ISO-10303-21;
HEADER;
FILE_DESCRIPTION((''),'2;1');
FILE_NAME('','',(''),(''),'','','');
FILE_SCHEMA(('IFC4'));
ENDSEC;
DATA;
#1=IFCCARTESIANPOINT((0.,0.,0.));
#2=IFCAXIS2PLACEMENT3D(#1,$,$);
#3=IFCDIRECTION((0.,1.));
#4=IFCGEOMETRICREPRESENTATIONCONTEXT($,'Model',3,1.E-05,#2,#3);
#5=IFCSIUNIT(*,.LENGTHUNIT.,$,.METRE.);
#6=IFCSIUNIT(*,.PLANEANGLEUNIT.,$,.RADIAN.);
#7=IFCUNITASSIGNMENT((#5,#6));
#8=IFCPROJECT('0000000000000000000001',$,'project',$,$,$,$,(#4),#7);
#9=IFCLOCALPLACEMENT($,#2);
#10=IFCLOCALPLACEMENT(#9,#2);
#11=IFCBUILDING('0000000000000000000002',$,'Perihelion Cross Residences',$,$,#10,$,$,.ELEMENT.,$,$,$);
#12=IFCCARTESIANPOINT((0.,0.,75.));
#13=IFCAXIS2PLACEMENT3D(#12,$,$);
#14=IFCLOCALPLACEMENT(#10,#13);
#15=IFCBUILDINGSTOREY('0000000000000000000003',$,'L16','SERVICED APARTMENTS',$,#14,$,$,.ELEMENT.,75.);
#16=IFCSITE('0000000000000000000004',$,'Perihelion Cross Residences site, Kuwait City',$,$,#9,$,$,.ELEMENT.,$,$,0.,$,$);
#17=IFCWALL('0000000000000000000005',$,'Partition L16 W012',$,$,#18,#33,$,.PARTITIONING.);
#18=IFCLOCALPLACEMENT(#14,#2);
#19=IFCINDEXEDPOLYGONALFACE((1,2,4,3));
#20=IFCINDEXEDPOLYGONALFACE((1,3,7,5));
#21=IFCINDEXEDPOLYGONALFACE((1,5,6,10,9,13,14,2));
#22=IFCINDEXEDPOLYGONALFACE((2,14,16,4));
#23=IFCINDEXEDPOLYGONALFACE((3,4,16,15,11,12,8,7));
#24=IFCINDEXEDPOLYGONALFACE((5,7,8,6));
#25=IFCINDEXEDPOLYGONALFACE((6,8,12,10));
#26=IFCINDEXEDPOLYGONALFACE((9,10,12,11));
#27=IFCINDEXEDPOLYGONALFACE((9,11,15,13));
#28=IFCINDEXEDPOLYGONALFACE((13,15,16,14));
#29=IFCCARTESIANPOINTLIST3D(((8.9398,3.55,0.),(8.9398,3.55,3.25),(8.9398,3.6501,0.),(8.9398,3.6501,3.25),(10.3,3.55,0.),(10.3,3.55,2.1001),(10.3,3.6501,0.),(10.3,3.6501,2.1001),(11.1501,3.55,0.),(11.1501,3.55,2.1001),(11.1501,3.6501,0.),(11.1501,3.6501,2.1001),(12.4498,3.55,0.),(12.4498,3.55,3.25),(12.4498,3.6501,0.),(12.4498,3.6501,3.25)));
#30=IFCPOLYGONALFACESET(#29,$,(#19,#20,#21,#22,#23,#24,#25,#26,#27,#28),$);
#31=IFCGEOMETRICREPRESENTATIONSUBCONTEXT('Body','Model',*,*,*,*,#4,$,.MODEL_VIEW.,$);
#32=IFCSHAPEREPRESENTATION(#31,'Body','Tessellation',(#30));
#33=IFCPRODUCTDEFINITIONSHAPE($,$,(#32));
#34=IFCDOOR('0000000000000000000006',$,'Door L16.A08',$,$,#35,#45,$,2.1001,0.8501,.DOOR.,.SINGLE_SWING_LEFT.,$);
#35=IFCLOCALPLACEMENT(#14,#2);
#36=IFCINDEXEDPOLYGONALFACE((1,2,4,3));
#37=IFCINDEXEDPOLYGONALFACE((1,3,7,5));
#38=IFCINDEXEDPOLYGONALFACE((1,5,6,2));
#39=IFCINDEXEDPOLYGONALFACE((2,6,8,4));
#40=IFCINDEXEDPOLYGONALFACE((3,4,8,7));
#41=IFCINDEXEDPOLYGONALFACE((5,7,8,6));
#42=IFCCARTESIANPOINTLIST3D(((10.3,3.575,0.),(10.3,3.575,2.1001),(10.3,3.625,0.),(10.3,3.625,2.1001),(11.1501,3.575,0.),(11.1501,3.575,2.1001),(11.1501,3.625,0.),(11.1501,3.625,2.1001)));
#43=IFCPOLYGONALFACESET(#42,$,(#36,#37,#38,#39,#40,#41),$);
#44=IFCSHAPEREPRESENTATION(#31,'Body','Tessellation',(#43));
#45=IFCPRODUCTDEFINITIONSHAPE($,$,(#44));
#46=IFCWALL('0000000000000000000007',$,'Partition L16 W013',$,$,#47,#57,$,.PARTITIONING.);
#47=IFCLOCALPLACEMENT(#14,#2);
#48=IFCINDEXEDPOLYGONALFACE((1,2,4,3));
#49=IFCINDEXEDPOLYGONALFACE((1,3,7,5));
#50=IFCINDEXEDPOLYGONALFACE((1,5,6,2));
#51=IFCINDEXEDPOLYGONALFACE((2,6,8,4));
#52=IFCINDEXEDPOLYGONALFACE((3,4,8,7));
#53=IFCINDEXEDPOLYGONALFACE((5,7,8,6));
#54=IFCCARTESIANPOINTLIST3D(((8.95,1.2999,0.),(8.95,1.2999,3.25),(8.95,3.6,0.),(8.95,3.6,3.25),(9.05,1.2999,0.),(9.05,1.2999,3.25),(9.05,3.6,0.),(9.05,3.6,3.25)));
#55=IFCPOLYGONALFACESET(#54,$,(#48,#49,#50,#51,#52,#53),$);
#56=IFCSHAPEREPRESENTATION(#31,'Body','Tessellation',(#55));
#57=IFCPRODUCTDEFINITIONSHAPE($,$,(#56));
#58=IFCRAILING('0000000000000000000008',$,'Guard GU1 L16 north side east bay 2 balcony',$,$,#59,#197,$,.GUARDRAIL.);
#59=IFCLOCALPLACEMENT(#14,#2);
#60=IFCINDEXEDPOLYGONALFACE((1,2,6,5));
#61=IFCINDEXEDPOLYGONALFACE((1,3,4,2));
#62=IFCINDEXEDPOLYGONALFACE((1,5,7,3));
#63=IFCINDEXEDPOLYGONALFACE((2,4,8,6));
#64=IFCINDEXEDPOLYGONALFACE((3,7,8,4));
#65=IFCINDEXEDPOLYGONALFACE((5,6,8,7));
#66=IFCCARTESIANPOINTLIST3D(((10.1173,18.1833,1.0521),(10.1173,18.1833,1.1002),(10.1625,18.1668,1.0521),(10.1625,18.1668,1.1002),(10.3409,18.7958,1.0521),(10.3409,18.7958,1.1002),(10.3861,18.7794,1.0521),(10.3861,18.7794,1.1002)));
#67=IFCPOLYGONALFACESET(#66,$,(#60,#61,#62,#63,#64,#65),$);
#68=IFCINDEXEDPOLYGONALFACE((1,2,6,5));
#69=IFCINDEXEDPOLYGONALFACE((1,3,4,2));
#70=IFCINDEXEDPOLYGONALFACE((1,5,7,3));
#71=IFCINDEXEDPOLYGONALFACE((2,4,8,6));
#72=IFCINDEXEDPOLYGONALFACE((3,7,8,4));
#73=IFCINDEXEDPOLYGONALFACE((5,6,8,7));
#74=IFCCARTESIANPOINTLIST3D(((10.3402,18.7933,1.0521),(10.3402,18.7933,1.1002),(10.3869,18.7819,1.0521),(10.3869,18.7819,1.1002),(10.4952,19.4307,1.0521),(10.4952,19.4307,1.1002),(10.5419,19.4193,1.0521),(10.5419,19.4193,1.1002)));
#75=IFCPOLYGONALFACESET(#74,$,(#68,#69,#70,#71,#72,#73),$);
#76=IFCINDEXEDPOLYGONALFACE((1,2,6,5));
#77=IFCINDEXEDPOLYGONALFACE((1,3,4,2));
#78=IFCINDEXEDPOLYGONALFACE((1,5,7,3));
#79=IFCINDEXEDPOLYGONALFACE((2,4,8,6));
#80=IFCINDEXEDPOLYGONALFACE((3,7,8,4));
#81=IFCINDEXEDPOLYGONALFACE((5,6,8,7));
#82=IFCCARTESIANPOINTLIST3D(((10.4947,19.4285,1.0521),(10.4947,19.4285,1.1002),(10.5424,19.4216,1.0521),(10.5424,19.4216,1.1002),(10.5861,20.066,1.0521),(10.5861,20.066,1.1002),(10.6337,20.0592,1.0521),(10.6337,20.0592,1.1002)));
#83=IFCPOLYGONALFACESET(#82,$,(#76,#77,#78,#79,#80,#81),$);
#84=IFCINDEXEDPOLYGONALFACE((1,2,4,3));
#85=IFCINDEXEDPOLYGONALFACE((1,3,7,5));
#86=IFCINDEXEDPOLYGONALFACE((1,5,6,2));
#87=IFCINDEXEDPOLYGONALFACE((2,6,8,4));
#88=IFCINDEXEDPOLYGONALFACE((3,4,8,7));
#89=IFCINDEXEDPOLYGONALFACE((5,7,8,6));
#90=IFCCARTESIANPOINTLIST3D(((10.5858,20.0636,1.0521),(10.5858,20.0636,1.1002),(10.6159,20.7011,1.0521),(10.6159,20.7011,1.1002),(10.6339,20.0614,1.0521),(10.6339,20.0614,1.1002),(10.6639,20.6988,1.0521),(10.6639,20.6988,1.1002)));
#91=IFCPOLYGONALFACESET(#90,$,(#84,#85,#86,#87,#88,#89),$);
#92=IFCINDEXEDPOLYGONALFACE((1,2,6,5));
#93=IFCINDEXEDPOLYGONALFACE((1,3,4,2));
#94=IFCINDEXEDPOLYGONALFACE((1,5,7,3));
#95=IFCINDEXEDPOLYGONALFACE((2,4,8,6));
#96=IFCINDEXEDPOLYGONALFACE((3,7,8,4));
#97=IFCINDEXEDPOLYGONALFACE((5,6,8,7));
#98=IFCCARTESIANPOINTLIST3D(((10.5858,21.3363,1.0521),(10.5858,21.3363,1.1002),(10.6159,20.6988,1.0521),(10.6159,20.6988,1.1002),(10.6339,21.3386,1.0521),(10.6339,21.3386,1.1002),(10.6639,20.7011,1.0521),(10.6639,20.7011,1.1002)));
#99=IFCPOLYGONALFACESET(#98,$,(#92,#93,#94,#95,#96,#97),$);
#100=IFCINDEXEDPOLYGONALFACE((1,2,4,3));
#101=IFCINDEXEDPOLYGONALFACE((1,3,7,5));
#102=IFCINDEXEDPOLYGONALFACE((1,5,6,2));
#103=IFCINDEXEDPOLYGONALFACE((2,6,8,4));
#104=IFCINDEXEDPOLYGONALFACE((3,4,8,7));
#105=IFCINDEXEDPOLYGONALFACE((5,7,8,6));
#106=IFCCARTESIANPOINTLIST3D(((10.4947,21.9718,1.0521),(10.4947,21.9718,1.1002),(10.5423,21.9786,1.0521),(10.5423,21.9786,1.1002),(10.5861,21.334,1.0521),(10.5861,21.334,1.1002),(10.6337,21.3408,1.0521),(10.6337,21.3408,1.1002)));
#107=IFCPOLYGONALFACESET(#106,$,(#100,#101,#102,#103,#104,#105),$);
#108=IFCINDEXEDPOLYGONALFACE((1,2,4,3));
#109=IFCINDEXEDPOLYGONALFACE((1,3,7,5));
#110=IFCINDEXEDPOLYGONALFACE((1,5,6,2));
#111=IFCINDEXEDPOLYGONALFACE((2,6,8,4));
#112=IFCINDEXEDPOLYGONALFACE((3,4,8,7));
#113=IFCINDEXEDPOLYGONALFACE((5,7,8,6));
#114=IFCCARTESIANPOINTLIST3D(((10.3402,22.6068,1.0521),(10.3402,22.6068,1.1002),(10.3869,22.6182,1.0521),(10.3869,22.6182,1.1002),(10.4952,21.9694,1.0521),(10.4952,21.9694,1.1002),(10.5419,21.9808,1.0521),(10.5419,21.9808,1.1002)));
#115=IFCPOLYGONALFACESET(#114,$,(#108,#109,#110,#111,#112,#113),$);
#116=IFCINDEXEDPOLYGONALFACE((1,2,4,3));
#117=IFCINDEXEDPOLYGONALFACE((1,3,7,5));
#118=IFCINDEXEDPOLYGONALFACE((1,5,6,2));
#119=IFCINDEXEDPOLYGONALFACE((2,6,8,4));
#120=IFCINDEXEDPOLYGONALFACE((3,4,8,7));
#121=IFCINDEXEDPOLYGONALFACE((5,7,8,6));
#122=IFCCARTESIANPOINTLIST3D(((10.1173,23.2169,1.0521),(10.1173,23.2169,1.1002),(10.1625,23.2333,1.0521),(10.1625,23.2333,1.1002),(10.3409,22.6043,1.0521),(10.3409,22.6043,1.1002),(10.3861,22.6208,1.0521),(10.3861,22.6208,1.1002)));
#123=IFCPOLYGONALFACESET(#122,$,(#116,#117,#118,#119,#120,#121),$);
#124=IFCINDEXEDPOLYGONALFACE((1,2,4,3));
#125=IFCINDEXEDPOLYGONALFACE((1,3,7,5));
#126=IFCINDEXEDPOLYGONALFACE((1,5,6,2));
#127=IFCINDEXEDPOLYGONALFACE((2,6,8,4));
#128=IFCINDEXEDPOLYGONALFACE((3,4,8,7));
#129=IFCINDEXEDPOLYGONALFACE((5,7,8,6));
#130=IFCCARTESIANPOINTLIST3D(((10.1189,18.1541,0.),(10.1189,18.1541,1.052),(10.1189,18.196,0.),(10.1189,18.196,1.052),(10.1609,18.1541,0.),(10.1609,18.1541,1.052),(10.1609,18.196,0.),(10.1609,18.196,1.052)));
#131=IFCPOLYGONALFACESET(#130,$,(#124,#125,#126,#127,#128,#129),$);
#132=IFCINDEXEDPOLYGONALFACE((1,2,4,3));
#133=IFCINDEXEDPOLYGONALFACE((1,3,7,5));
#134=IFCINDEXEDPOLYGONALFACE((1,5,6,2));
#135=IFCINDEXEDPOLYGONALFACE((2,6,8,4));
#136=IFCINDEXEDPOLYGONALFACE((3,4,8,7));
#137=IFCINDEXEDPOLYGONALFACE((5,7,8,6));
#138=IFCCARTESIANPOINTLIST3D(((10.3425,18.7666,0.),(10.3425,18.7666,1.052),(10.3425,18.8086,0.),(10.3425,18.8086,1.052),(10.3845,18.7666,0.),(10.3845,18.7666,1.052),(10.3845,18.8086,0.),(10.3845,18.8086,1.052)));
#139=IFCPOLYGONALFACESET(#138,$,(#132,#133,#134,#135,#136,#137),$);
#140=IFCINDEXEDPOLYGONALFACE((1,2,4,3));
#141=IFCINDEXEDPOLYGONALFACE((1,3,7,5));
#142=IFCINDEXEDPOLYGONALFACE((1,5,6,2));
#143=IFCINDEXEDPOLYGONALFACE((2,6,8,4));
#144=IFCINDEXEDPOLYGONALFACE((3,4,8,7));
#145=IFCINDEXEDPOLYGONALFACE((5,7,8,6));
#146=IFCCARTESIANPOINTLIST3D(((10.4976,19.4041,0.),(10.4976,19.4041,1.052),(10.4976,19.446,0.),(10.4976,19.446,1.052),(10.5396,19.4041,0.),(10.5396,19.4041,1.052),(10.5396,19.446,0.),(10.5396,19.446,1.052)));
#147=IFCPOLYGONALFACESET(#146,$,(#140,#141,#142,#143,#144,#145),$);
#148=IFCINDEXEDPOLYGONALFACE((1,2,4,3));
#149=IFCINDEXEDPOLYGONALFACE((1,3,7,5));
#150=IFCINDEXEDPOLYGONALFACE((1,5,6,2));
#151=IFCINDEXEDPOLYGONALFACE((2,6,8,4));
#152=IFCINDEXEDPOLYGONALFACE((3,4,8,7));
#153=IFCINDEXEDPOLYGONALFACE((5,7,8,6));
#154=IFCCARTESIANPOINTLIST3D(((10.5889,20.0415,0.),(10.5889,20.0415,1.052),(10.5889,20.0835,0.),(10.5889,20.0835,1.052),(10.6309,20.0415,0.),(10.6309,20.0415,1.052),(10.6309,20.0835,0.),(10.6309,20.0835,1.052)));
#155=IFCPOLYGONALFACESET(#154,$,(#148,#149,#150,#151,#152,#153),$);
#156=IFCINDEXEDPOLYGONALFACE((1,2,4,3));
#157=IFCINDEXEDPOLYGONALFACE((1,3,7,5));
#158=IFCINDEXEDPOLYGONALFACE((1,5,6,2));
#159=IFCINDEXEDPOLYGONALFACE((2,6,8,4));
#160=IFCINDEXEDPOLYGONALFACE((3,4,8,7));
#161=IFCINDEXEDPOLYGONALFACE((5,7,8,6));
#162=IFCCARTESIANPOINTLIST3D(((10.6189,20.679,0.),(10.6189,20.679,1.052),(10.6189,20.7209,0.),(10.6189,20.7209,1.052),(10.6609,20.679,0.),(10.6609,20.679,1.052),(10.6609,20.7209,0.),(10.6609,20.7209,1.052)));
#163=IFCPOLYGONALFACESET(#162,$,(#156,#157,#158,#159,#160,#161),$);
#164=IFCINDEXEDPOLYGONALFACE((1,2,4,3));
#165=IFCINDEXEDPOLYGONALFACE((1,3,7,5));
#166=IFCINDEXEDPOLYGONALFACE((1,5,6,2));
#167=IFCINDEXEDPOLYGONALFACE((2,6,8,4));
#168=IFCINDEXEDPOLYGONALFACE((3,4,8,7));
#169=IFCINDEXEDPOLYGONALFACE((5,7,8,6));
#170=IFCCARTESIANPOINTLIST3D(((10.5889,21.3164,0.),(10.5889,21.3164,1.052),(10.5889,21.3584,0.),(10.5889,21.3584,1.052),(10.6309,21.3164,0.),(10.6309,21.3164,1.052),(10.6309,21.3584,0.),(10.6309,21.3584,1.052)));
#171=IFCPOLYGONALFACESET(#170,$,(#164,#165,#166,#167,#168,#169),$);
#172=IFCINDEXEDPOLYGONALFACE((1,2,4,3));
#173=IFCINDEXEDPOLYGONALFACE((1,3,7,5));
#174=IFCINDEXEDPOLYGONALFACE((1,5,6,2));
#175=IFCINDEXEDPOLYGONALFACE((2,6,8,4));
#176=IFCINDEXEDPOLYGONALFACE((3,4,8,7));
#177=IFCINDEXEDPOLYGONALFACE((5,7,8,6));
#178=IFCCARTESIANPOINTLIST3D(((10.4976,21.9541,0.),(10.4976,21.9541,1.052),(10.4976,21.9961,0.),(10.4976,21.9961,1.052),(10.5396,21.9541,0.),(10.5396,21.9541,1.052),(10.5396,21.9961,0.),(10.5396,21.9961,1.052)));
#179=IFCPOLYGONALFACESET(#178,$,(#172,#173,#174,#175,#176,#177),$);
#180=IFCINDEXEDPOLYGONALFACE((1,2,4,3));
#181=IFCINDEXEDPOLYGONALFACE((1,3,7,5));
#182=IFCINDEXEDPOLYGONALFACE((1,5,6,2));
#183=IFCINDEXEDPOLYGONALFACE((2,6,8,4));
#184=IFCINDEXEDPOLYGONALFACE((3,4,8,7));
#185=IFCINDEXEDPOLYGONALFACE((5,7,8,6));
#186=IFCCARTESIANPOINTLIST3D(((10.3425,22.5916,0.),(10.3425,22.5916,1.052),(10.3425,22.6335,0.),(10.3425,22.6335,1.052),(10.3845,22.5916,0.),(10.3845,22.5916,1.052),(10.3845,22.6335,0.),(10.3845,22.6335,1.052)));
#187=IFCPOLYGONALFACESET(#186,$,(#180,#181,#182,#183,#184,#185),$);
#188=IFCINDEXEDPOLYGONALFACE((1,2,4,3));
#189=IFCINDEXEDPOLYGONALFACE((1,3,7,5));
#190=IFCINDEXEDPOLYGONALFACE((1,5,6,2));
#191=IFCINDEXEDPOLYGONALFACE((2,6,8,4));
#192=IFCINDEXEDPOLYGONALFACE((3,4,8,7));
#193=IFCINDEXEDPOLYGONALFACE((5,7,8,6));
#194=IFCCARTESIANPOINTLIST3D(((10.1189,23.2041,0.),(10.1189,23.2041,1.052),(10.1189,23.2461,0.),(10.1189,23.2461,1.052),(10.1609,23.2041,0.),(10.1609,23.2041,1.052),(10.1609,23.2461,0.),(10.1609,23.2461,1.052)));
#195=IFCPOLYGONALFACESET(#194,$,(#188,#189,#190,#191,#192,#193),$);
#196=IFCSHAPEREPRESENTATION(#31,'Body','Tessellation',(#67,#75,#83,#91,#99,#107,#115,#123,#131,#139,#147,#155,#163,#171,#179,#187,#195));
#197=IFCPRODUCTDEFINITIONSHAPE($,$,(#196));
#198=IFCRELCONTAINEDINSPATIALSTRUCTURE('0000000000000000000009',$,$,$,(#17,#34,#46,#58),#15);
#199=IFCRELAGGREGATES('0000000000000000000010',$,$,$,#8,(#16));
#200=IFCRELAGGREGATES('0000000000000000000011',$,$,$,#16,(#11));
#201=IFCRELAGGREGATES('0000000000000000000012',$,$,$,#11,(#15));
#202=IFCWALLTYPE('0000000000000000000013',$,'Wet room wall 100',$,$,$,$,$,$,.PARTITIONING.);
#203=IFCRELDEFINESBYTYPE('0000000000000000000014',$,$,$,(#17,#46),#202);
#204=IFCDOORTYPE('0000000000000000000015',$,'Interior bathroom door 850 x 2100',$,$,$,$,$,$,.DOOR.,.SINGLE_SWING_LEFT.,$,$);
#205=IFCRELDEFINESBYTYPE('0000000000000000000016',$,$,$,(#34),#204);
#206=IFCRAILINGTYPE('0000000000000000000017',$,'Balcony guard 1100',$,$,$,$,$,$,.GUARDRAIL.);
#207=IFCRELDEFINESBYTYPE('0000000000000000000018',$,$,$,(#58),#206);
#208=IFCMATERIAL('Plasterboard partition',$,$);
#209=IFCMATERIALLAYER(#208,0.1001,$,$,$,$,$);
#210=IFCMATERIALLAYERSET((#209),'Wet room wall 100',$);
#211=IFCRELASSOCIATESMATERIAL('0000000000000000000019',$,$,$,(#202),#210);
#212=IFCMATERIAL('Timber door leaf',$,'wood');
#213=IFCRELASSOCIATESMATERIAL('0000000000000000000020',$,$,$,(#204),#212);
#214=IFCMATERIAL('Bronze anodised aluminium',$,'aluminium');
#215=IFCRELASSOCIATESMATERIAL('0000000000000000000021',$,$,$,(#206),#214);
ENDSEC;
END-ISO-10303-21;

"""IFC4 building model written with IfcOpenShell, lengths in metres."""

from ifc_helpers import new_model, si_unit, direction, frame, frame_2d, origin, origin_2d, place, context, subcontext, project, spatial, rectangle, extrude, material, layer, layer_set, type_object, element, fill, save


model = new_model("IFC4")

# Units and contexts
model_context = context("Model", 3, precision=1e-05, world=origin(), true_north=direction((0.0, 1.0)))
body_context = subcontext(model_context, "Body", "Model", "MODEL_VIEW")
ifc_project = project(units=[si_unit("LENGTHUNIT", "METRE"), si_unit("PLANEANGLEUNIT", "RADIAN")], contexts=[model_context])

# Site, building, storey
site_placement = place(None, origin())
site = spatial("IfcSite", under=ifc_project, at=site_placement, Name="Perihelion Cross Residences site, Kuwait City", CompositionType="ELEMENT", RefElevation=0.0)
building_placement = place(site_placement, origin())
building = spatial("IfcBuilding", under=site, at=building_placement, Name="Perihelion Cross Residences", CompositionType="ELEMENT")
storey_placement = place(building_placement, frame((0.0, 0.0, 75.0)))
storey = spatial("IfcBuildingStorey", under=building, at=storey_placement, Name="L16", Description="SERVICED APARTMENTS", CompositionType="ELEMENT", Elevation=75.0)

# Shared definitions
ifc_material_1 = material(Name="Plasterboard partition")
ifc_layer_1 = layer(ifc_material_1, 0.1001)
ifc_layer_set_1 = layer_set([ifc_layer_1], Name="Wet room wall 100")
wall_type_1 = type_object("IfcWallType", Name="Wet room wall 100", PredefinedType="PARTITIONING", material=ifc_layer_set_1)

# Wall, opening, door
wall_1_placement = place(storey_placement, frame((8.9399, 3.6001, 0.0), z_axis=(0.0, 0.0, 1.0), x_axis=(1.0, 0.0, 0.0)))
wall_1 = element("IfcWall", 1, at=wall_1_placement, inside=storey, type_object=wall_type_1, Name="Partition L16 W012", PredefinedType="PARTITIONING", context=body_context, shape_type="SweptSolid", body=[
    extrude(rectangle(XDim=3.51, YDim=0.1001, at=frame_2d((1.7549, 0.0))), origin(), (0.0, 0.0, 1.0), 3.25),
])
opening_1_placement = place(wall_1_placement, frame((1.3601, 0.0, 0.0)))
opening_1 = element("IfcOpeningElement", 2, at=opening_1_placement, cuts=wall_1, PredefinedType="OPENING", context=body_context, shape_type="SweptSolid", body=[
    extrude(rectangle(XDim=0.8501, YDim=2.1001, at=frame_2d((0.425, 1.05))), frame((0.0, 0.0601, 0.0), z_axis=(0.0, -1.0, 0.0), x_axis=(1.0, 0.0, 0.0)), (0.0, 0.0, 1.0), 0.1201),
])
ifc_material_2 = material(Name="Timber door leaf", Category="wood")
door_type_1 = type_object("IfcDoorType", Name="Interior bathroom door 850 x 2100", OperationType="SINGLE_SWING_LEFT", PredefinedType="DOOR", material=ifc_material_2)
door_1_placement = place(opening_1_placement, origin())
door_1 = element("IfcDoor", 3, at=door_1_placement, inside=storey, type_object=door_type_1, Name="Door L16.A08", OperationType="SINGLE_SWING_LEFT", OverallHeight=2.1001, OverallWidth=0.8501, PredefinedType="DOOR", context=body_context, shape_type="SweptSolid", body=[
    extrude(rectangle(XDim=0.8501, YDim=2.1001, at=frame_2d((0.425, 1.05))), frame((0.0, 0.0249, 0.0), z_axis=(0.0, -1.0, 0.0), x_axis=(1.0, 0.0, 0.0)), (0.0, 0.0, 1.0), 0.05),
])
fill(opening_1, door_1)

# Wall
wall_2_placement = place(storey_placement, frame((9.0, 1.3, 0.0), z_axis=(0.0, 0.0, 1.0), x_axis=(0.0, 1.0, 0.0)))
element("IfcWall", 4, at=wall_2_placement, inside=storey, type_object=wall_type_1, Name="Partition L16 W013", PredefinedType="PARTITIONING", context=body_context, shape_type="SweptSolid", body=[
    extrude(rectangle(XDim=2.3, YDim=0.1001, at=frame_2d((1.1499, 0.0))), origin(), (0.0, 0.0, 1.0), 3.25),
])

# Railing
ifc_material_3 = material(Name="Bronze anodised aluminium", Category="aluminium")
railing_type = type_object("IfcRailingType", Name="Balcony guard 1100", PredefinedType="GUARDRAIL", material=ifc_material_3)
railing_1_placement = place(storey_placement, frame((10.1399, 18.175, 0.0)))
element("IfcRailing", 5, at=railing_1_placement, inside=storey, type_object=railing_type, Name="Guard GU1 L16 north side east bay 2 balcony", PredefinedType="GUARDRAIL", context=body_context, shape_type="SweptSolid", body=[
    extrude(rectangle(XDim=0.0481, YDim=0.0481, at=origin_2d()), frame((0.0, 0.0, 1.0762), z_axis=(0.342945, 0.939355, 0.0), x_axis=(-0.939355, 0.342945, 0.0)), (0.0, 0.0, 1.0), 0.6521),
    extrude(rectangle(XDim=0.0481, YDim=0.0481, at=origin_2d()), frame((0.2236, 0.6125, 1.0762), z_axis=(0.236314, 0.971677, 0.0), x_axis=(-0.971677, 0.236314, 0.0)), (0.0, 0.0, 1.0), 0.656),
    extrude(rectangle(XDim=0.0481, YDim=0.0481, at=origin_2d()), frame((0.3787, 1.25, 1.0762), z_axis=(0.141793, 0.989896, 0.0), x_axis=(-0.989896, 0.141793, 0.0)), (0.0, 0.0, 1.0), 0.644),
    extrude(rectangle(XDim=0.0481, YDim=0.0481, at=origin_2d()), frame((0.47, 1.8875, 1.0762), z_axis=(0.047056, 0.998892, 0.0), x_axis=(-0.998892, 0.047056, 0.0)), (0.0, 0.0, 1.0), 0.6382),
    extrude(rectangle(XDim=0.0481, YDim=0.0481, at=origin_2d()), frame((0.5, 2.5249, 1.0762), z_axis=(-0.047056, 0.998892, 0.0), x_axis=(-0.998892, -0.047056, 0.0)), (0.0, 0.0, 1.0), 0.6382),
    extrude(rectangle(XDim=0.0481, YDim=0.0481, at=origin_2d()), frame((0.47, 3.1624, 1.0762), z_axis=(-0.14174, 0.989904, 0.0), x_axis=(-0.989904, -0.14174, 0.0)), (0.0, 0.0, 1.0), 0.6443),
    extrude(rectangle(XDim=0.0481, YDim=0.0481, at=origin_2d()), frame((0.3787, 3.8, 1.0762), z_axis=(-0.236314, 0.971677, 0.0), x_axis=(-0.971677, -0.236314, 0.0)), (0.0, 0.0, 1.0), 0.656),
    extrude(rectangle(XDim=0.0481, YDim=0.0481, at=origin_2d()), frame((0.2236, 4.4375, 1.0762), z_axis=(-0.342945, 0.939355, 0.0), x_axis=(-0.939355, -0.342945, 0.0)), (0.0, 0.0, 1.0), 0.6521),
    extrude(rectangle(XDim=0.042, YDim=0.042, at=origin_2d()), origin(), (0.0, 0.0, 1.0), 1.052),
    extrude(rectangle(XDim=0.042, YDim=0.042, at=origin_2d()), frame((0.2236, 0.6125, 0.0)), (0.0, 0.0, 1.0), 1.052),
    extrude(rectangle(XDim=0.042, YDim=0.042, at=origin_2d()), frame((0.3787, 1.25, 0.0)), (0.0, 0.0, 1.0), 1.052),
    extrude(rectangle(XDim=0.042, YDim=0.042, at=origin_2d()), frame((0.47, 1.8875, 0.0)), (0.0, 0.0, 1.0), 1.052),
    extrude(rectangle(XDim=0.042, YDim=0.042, at=origin_2d()), frame((0.5, 2.5249, 0.0)), (0.0, 0.0, 1.0), 1.052),
    extrude(rectangle(XDim=0.042, YDim=0.042, at=origin_2d()), frame((0.47, 3.1624, 0.0)), (0.0, 0.0, 1.0), 1.052),
    extrude(rectangle(XDim=0.042, YDim=0.042, at=origin_2d()), frame((0.3787, 3.8, 0.0)), (0.0, 0.0, 1.0), 1.052),
    extrude(rectangle(XDim=0.042, YDim=0.042, at=origin_2d()), frame((0.2236, 4.4375, 0.0)), (0.0, 0.0, 1.0), 1.052),
    extrude(rectangle(XDim=0.042, YDim=0.042, at=origin_2d()), frame((0.0, 5.05, 0.0)), (0.0, 0.0, 1.0), 1.052),
])

save(model, "model.ifc")
